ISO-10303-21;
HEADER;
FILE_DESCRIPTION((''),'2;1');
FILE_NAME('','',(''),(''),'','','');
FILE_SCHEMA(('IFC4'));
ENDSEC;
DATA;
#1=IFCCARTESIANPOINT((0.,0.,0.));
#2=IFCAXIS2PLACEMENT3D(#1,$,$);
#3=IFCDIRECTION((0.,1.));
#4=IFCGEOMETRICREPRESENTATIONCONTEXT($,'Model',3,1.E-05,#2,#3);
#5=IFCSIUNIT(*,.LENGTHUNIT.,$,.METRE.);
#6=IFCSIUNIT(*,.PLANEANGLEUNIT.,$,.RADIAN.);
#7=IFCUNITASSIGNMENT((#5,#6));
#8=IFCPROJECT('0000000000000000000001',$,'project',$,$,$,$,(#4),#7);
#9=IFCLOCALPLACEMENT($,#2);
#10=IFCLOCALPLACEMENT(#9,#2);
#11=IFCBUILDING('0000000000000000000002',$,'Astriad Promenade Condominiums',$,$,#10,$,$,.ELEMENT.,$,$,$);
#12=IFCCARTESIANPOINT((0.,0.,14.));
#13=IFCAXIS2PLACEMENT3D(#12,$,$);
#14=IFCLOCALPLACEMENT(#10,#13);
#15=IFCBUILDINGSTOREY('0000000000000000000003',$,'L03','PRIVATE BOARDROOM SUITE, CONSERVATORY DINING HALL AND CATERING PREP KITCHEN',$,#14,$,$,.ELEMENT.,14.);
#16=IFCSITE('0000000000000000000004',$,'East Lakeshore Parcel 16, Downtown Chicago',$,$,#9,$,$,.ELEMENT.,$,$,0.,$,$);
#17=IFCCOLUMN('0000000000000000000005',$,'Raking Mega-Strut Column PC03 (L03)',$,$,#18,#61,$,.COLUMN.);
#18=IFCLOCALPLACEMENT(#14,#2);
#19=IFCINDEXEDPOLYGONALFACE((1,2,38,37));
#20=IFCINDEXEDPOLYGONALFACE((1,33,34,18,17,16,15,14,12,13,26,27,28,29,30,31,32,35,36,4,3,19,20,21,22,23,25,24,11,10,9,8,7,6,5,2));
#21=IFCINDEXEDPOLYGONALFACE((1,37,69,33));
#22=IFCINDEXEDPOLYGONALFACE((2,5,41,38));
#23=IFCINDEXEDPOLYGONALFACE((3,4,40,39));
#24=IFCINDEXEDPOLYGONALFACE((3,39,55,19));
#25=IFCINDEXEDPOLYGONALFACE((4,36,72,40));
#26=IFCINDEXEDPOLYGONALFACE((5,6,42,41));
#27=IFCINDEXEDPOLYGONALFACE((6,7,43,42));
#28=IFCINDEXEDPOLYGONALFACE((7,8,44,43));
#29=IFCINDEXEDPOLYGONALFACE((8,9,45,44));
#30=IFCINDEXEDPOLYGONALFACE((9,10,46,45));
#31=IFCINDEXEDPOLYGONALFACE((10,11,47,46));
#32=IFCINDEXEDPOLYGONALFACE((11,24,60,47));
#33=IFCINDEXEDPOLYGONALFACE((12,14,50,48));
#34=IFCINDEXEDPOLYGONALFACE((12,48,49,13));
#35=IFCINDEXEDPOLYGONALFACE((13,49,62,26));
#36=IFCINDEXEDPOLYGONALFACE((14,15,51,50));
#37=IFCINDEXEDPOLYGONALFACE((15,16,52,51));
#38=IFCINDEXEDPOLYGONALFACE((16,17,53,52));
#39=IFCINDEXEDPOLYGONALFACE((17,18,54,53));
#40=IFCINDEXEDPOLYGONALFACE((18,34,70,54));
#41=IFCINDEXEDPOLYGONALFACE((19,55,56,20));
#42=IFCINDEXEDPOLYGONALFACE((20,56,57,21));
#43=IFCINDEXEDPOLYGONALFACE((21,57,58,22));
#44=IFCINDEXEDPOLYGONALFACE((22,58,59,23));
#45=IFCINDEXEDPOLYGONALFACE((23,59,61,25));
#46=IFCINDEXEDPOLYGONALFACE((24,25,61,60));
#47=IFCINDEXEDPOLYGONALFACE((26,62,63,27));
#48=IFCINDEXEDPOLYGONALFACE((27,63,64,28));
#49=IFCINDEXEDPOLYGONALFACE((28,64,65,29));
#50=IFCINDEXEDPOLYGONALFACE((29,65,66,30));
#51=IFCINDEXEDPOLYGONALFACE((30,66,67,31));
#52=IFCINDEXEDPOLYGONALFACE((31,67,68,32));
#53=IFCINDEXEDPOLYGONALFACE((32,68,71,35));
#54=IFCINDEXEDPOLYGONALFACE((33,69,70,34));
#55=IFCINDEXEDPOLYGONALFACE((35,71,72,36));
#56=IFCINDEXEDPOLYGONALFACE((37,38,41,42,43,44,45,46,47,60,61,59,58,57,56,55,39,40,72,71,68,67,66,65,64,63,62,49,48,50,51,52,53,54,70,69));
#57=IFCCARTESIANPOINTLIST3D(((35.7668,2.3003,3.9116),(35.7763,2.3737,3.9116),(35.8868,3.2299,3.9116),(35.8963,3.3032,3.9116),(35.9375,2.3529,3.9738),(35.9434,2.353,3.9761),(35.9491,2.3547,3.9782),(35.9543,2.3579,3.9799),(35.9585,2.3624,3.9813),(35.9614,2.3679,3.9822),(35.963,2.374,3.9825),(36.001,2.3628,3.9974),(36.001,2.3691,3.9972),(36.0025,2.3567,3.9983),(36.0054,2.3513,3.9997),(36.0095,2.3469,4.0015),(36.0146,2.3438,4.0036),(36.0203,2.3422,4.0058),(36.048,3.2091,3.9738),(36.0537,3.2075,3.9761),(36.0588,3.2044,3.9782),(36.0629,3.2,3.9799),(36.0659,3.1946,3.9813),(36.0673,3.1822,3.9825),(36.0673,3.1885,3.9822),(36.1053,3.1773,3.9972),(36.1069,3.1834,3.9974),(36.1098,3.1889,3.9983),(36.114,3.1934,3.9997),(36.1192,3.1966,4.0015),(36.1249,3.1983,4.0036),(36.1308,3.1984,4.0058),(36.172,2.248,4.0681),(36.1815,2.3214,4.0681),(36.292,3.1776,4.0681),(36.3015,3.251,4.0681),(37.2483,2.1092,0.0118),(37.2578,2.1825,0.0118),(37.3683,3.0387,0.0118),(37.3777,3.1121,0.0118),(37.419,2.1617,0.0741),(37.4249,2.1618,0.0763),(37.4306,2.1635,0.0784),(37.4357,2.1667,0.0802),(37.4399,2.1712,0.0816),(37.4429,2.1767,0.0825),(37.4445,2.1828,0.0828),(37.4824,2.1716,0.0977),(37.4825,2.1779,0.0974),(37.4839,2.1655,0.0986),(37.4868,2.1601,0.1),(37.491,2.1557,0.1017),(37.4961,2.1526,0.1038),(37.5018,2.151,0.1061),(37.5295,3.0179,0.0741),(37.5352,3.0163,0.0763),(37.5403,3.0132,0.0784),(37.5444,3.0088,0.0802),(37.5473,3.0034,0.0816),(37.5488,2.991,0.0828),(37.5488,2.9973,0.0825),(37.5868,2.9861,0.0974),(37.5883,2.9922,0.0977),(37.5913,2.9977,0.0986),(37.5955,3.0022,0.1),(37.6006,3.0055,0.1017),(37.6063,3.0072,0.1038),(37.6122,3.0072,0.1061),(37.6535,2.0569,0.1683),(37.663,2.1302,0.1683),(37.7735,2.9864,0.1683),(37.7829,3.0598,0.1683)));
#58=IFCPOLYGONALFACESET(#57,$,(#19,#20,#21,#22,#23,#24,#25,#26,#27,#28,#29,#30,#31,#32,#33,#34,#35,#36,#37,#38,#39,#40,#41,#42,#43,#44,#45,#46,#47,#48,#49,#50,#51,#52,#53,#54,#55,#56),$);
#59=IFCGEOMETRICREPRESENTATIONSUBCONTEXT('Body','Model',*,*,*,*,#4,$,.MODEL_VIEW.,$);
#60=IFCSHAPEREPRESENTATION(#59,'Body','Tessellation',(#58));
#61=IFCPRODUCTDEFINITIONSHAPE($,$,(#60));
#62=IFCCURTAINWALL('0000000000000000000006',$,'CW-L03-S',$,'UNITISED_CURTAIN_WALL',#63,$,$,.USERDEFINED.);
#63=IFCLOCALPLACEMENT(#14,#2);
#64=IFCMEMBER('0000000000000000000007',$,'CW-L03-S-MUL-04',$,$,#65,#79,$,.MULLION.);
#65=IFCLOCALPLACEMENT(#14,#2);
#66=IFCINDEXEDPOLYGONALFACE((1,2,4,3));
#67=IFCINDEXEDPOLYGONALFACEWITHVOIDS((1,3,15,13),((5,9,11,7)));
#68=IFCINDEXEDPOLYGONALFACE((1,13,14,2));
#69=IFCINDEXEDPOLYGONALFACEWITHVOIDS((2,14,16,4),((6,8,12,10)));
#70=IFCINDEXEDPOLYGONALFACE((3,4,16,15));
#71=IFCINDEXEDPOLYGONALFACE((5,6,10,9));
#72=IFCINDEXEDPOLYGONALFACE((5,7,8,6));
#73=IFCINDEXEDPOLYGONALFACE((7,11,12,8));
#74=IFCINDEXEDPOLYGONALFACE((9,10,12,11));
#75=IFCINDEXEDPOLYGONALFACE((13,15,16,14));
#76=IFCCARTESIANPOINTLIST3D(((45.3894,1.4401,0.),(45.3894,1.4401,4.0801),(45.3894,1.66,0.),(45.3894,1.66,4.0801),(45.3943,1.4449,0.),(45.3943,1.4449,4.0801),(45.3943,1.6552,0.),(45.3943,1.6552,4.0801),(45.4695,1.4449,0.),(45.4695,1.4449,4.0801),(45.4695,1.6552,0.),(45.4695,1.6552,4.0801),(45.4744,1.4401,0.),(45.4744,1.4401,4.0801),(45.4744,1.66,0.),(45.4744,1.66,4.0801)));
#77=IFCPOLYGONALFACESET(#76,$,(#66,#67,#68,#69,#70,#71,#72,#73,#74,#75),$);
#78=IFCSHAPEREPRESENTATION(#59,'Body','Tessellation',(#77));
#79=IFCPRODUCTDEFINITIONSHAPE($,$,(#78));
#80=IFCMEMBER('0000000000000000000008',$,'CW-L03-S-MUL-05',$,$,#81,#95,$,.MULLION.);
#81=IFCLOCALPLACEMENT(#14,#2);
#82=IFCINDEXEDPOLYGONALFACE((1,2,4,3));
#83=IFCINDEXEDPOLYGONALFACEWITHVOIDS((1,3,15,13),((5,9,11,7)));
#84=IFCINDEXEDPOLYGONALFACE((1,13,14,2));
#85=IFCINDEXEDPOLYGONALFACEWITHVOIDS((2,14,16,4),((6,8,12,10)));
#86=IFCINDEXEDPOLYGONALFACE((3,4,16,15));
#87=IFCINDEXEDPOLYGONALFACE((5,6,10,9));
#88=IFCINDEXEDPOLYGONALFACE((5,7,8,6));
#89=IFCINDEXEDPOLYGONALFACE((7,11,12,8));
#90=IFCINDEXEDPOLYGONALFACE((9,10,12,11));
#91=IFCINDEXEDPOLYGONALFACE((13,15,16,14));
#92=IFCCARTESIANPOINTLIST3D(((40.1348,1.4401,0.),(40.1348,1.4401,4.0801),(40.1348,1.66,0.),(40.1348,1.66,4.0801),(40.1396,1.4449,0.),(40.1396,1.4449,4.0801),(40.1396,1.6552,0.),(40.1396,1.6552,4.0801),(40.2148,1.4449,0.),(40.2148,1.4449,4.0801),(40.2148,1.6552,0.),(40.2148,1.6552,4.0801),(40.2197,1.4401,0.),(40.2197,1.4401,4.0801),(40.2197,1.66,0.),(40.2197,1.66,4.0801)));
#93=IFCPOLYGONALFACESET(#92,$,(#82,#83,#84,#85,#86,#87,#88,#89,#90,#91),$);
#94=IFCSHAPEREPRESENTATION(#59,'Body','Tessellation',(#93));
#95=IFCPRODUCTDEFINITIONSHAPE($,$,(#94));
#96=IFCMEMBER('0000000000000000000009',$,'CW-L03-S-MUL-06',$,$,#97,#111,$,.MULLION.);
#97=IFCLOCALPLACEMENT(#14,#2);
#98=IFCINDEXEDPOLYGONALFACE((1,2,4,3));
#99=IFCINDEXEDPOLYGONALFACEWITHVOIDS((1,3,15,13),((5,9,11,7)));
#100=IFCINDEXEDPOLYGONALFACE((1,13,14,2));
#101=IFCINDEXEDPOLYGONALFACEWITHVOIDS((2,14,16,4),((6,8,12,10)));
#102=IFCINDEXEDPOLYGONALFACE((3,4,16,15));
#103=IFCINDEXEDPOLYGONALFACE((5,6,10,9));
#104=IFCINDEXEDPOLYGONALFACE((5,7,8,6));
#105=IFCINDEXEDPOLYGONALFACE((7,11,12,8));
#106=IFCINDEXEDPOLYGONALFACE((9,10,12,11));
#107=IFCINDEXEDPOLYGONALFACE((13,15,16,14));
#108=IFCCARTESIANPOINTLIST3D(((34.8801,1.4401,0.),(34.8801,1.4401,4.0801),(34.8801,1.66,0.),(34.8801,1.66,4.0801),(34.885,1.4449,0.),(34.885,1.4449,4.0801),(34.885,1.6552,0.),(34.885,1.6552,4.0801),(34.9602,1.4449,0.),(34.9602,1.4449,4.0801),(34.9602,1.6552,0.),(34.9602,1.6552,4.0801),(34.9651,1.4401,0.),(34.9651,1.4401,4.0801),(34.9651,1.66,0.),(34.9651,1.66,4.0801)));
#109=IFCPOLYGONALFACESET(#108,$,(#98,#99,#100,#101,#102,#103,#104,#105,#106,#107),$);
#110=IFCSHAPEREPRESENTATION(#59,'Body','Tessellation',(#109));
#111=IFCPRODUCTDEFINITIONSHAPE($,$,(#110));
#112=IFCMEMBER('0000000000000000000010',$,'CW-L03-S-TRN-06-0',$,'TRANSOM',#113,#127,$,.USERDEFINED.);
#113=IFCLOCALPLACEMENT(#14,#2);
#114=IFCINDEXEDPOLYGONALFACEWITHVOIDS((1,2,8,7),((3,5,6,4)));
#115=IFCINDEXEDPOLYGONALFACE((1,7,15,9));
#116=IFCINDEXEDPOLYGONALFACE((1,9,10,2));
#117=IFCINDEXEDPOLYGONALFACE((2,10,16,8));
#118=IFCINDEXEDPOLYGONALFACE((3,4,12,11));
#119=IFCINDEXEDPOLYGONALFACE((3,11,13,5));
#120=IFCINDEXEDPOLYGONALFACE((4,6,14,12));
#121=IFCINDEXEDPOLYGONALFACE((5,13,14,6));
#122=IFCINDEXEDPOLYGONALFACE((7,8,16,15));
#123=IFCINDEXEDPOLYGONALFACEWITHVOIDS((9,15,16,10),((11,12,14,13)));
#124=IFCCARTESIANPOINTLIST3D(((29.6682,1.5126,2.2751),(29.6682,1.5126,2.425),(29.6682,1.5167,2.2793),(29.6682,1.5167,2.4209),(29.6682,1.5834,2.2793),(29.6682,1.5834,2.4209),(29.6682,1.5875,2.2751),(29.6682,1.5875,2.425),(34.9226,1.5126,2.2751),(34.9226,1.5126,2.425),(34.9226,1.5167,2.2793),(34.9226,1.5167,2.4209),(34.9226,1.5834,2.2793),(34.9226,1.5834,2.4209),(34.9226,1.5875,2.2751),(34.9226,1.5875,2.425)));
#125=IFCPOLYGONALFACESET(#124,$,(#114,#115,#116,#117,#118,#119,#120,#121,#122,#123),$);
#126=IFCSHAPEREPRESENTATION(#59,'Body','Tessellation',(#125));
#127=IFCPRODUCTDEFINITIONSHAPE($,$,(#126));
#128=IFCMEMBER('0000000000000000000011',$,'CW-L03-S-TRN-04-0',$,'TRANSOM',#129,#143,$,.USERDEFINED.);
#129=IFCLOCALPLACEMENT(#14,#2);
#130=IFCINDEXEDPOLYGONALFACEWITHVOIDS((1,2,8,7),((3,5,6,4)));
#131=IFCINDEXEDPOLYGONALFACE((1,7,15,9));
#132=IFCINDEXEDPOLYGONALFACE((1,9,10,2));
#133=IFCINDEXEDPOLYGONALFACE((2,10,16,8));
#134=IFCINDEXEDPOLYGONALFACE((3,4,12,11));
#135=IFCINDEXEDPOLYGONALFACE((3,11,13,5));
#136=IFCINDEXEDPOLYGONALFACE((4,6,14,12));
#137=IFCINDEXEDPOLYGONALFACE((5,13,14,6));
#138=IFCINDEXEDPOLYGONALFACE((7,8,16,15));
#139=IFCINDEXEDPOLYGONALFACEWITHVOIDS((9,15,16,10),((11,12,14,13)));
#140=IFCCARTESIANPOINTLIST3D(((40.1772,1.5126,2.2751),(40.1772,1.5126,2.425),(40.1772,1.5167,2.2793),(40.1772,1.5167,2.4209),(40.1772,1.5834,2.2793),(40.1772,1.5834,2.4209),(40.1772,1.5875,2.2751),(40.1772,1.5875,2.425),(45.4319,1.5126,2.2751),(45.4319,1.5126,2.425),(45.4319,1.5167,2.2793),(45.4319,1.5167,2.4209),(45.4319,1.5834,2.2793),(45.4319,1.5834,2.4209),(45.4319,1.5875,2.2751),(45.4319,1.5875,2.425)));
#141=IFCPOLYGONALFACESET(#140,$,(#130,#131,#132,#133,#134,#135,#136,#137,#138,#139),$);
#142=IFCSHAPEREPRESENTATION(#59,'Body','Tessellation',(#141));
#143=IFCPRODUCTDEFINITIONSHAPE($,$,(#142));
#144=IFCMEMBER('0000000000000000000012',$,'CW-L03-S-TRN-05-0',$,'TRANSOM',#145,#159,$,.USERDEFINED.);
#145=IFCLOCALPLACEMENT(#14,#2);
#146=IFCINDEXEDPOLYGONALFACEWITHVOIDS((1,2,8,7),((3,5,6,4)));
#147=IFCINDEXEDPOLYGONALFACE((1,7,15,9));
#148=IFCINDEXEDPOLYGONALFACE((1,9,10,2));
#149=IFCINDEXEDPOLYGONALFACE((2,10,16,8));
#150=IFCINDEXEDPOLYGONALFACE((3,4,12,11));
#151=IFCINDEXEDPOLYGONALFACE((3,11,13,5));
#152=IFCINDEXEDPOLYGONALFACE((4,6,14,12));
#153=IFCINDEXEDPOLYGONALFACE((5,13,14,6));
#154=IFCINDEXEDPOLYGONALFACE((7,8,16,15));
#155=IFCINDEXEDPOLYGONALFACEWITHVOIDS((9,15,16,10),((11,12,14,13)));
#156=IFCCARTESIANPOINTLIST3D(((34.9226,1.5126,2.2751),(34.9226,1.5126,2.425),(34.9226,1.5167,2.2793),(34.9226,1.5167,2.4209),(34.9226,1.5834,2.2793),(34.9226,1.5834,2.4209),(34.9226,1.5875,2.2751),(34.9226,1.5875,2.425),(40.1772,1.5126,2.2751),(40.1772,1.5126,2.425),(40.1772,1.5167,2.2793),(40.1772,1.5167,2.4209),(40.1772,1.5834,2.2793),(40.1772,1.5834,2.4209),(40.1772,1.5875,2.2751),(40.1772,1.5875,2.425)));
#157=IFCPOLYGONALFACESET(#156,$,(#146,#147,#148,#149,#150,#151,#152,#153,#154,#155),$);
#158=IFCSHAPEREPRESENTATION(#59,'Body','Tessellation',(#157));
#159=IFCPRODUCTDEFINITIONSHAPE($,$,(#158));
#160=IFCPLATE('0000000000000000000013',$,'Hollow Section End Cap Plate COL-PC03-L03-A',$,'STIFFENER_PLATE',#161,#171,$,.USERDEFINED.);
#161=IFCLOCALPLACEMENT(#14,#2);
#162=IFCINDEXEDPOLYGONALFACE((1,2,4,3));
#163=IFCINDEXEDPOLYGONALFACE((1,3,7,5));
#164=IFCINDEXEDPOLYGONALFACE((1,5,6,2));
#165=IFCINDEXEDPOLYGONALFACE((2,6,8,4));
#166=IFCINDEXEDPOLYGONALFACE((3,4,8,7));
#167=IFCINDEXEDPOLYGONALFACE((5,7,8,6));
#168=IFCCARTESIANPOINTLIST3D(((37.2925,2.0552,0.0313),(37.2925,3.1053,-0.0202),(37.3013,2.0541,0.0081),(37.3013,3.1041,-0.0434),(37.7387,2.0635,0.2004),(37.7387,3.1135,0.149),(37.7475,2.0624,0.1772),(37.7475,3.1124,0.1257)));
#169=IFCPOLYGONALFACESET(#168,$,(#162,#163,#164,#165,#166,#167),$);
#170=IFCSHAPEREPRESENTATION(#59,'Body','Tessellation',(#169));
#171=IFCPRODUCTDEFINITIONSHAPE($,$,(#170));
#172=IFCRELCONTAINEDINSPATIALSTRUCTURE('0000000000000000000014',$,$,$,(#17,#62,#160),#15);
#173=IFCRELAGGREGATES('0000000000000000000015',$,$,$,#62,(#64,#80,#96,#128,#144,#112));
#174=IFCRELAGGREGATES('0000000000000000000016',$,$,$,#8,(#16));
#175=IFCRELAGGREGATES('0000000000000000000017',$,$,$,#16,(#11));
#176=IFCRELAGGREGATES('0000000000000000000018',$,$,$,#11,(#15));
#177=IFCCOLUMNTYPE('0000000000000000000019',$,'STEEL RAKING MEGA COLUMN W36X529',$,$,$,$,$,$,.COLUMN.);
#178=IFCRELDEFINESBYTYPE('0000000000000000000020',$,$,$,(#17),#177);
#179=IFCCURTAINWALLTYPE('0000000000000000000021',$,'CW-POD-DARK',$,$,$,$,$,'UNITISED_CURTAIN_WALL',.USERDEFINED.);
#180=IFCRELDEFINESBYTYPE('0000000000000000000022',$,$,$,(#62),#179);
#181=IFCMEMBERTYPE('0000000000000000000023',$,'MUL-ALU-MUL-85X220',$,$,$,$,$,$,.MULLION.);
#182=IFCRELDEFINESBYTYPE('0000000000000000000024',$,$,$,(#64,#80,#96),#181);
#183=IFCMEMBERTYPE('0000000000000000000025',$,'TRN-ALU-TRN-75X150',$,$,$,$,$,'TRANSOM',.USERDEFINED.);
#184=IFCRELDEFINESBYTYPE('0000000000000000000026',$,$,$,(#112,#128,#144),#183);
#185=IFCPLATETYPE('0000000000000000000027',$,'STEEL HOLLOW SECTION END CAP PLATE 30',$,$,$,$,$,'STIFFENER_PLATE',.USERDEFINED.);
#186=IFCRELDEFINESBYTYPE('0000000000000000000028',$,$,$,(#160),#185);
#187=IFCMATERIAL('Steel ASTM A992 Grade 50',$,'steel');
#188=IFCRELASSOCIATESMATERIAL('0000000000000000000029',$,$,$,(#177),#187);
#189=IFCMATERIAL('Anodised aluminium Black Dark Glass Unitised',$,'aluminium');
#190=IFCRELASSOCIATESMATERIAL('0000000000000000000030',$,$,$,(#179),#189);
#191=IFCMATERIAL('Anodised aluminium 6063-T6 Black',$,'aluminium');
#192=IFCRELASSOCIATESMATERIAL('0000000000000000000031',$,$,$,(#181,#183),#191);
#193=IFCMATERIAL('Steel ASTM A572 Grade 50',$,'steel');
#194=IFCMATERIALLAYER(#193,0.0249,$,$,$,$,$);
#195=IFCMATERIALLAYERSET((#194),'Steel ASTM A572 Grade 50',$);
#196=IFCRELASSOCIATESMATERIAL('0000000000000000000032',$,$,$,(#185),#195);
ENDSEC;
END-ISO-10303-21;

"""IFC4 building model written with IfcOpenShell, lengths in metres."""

from ifc_helpers import new_model, si_unit, direction, frame, origin, origin_2d, place, context, subcontext, project, spatial, rectangle, hollow_rectangle, i_section, extrude, source, transform, mapped, material, layer, layer_set, material_profile, profile_set, type_object, type_shapes, element, aggregate, save


model = new_model("IFC4")

# Units and contexts
model_context = context("Model", 3, precision=1e-05, world=origin(), true_north=direction((0.0, 1.0)))
body_context = subcontext(model_context, "Body", "Model", "MODEL_VIEW")
ifc_project = project(units=[si_unit("LENGTHUNIT", "METRE"), si_unit("PLANEANGLEUNIT", "RADIAN")], contexts=[model_context])

# Site, building, storey
site_placement = place(None, origin())
site = spatial("IfcSite", under=ifc_project, at=site_placement, Name="East Lakeshore Parcel 16, Downtown Chicago", CompositionType="ELEMENT", RefElevation=0.0)
building_placement = place(site_placement, origin())
building = spatial("IfcBuilding", under=site, at=building_placement, Name="Astriad Promenade Condominiums", CompositionType="ELEMENT")
storey_placement = place(building_placement, frame((0.0, 0.0, 14.0)))
storey = spatial("IfcBuildingStorey", under=building, at=storey_placement, Name="L03", Description="PRIVATE BOARDROOM SUITE, CONSERVATORY DINING HALL AND CATERING PREP KITCHEN", CompositionType="ELEMENT", Elevation=14.0)

# Column
ifc_material_1 = material(Name="Steel ASTM A992 Grade 50", Category="steel")
ifc_material_profile_1 = material_profile(ifc_material_1, i_section(OverallWidth=0.4375, OverallDepth=1.0112, WebThickness=0.041, FlangeThickness=0.074, FilletRadius=0.0242, at=origin_2d()), Name="W36X529")
ifc_profile_set_1 = profile_set([ifc_material_profile_1], Name="Steel ASTM A992 Grade 50")
column_type = type_object("IfcColumnType", Name="STEEL RAKING MEGA COLUMN W36X529", PredefinedType="COLUMN", material=ifc_profile_set_1)
shared_shape_1 = source(origin(), body_context, "Body", "SweptSolid", [
    extrude(i_section(OverallWidth=0.4375, OverallDepth=1.0112, WebThickness=0.041, FlangeThickness=0.074, FilletRadius=0.0242, at=origin_2d()), origin(), (0.0, 0.0, 1.0), 4.176),
])
type_shapes(column_type, [shared_shape_1])
column_placement = place(storey_placement, frame((37.5156, 2.5845, 0.0901), z_axis=(-0.354756, 0.045777, 0.933837), x_axis=(0.926159, -0.119509, 0.357698)))
element("IfcColumn", 1, at=column_placement, inside=storey, type_object=column_type, Name="Raking Mega-Strut Column PC03 (L03)", PredefinedType="COLUMN", context=body_context, shape_type="MappedRepresentation", body=[
    mapped(shared_shape_1, transform((0.0, 0.0, 0.0), scale=1.0)),
])

# Curtain wall, members
ifc_material_2 = material(Name="Anodised aluminium Black Dark Glass Unitised", Category="aluminium")
curtain_wall_type = type_object("IfcCurtainWallType", Name="CW-POD-DARK", ElementType="UNITISED_CURTAIN_WALL", PredefinedType="USERDEFINED", material=ifc_material_2)
curtain_wall_placement = place(storey_placement, origin())
curtain_wall = element("IfcCurtainWall", 2, at=curtain_wall_placement, inside=storey, type_object=curtain_wall_type, Name="CW-L03-S", ObjectType="UNITISED_CURTAIN_WALL", PredefinedType="USERDEFINED")
ifc_material_3 = material(Name="Anodised aluminium 6063-T6 Black", Category="aluminium")
ifc_material_profile_2 = material_profile(ifc_material_3, hollow_rectangle(XDim=0.085, YDim=0.22, WallThickness=0.0049, at=origin_2d()), Name="ALU-MUL-85X220")
ifc_profile_set_2 = profile_set([ifc_material_profile_2], Name="Anodised aluminium 6063-T6 Black")
member_type_1 = type_object("IfcMemberType", Name="MUL-ALU-MUL-85X220", PredefinedType="MULLION", material=ifc_profile_set_2)
shared_shape_2 = source(origin(), body_context, "Body", "SweptSolid", [
    extrude(hollow_rectangle(XDim=0.085, YDim=0.22, WallThickness=0.0049, at=origin_2d()), origin(), (0.0, 0.0, 1.0), 4.0801),
])
type_shapes(member_type_1, [shared_shape_2])
member_1_placement = place(storey_placement, frame((45.4319, 1.55, 0.0), z_axis=(0.0, 0.0, 1.0), x_axis=(1.0, 0.0, 0.0)))
member_1 = element("IfcMember", 3, at=member_1_placement, type_object=member_type_1, Name="CW-L03-S-MUL-04", PredefinedType="MULLION", context=body_context, shape_type="MappedRepresentation", body=[
    mapped(shared_shape_2, transform((0.0, 0.0, 0.0), scale=1.0)),
])
member_2_placement = place(storey_placement, frame((40.1772, 1.55, 0.0), z_axis=(0.0, 0.0, 1.0), x_axis=(1.0, 0.0, 0.0)))
member_2 = element("IfcMember", 4, at=member_2_placement, type_object=member_type_1, Name="CW-L03-S-MUL-05", PredefinedType="MULLION", context=body_context, shape_type="MappedRepresentation", body=[
    mapped(shared_shape_2, transform((0.0, 0.0, 0.0), scale=1.0)),
])
member_3_placement = place(storey_placement, frame((34.9226, 1.55, 0.0), z_axis=(0.0, 0.0, 1.0), x_axis=(1.0, 0.0, 0.0)))
member_3 = element("IfcMember", 5, at=member_3_placement, type_object=member_type_1, Name="CW-L03-S-MUL-06", PredefinedType="MULLION", context=body_context, shape_type="MappedRepresentation", body=[
    mapped(shared_shape_2, transform((0.0, 0.0, 0.0), scale=1.0)),
])
ifc_material_profile_3 = material_profile(ifc_material_3, hollow_rectangle(XDim=0.075, YDim=0.1499, WallThickness=0.0042, at=origin_2d()), Name="ALU-TRN-75X150")
ifc_profile_set_3 = profile_set([ifc_material_profile_3], Name="Anodised aluminium 6063-T6 Black")
member_type_2 = type_object("IfcMemberType", Name="TRN-ALU-TRN-75X150", ElementType="TRANSOM", PredefinedType="USERDEFINED", material=ifc_profile_set_3)
shared_shape_3 = source(origin(), body_context, "Body", "SweptSolid", [
    extrude(hollow_rectangle(XDim=0.075, YDim=0.1499, WallThickness=0.0042, at=origin_2d()), origin(), (0.0, 0.0, 1.0), 5.2544),
])
member_4_placement = place(storey_placement, frame((34.9226, 1.55, 2.3501), z_axis=(-1.0, 0.0, 0.0), x_axis=(0.0, -1.0, 0.0)))
member_4 = element("IfcMember", 6, at=member_4_placement, type_object=member_type_2, Name="CW-L03-S-TRN-06-0", ObjectType="TRANSOM", PredefinedType="USERDEFINED", context=body_context, shape_type="MappedRepresentation", body=[
    mapped(shared_shape_3, transform((0.0, 0.0, 0.0), scale=1.0)),
])
shared_shape_4 = source(origin(), body_context, "Body", "SweptSolid", [
    extrude(hollow_rectangle(XDim=0.075, YDim=0.1499, WallThickness=0.0042, at=origin_2d()), origin(), (0.0, 0.0, 1.0), 5.2546),
])
type_shapes(member_type_2, [shared_shape_3, shared_shape_4])
member_5_placement = place(storey_placement, frame((45.4319, 1.55, 2.3501), z_axis=(-1.0, 0.0, 0.0), x_axis=(0.0, -1.0, 0.0)))
member_5 = element("IfcMember", 7, at=member_5_placement, type_object=member_type_2, Name="CW-L03-S-TRN-04-0", ObjectType="TRANSOM", PredefinedType="USERDEFINED", context=body_context, shape_type="MappedRepresentation", body=[
    mapped(shared_shape_4, transform((0.0, 0.0, 0.0), scale=1.0)),
])
member_6_placement = place(storey_placement, frame((40.1772, 1.55, 2.3501), z_axis=(-1.0, 0.0, 0.0), x_axis=(0.0, -1.0, 0.0)))
member_6 = element("IfcMember", 8, at=member_6_placement, type_object=member_type_2, Name="CW-L03-S-TRN-05-0", ObjectType="TRANSOM", PredefinedType="USERDEFINED", context=body_context, shape_type="MappedRepresentation", body=[
    mapped(shared_shape_4, transform((0.0, 0.0, 0.0), scale=1.0)),
])

# Plate
ifc_material_4 = material(Name="Steel ASTM A572 Grade 50", Category="steel")
ifc_layer_1 = layer(ifc_material_4, 0.0249)
ifc_layer_set_1 = layer_set([ifc_layer_1], Name="Steel ASTM A572 Grade 50")
plate_type_1 = type_object("IfcPlateType", Name="STEEL HOLLOW SECTION END CAP PLATE 30", ElementType="STIFFENER_PLATE", PredefinedType="USERDEFINED", material=ifc_layer_set_1)
shared_shape_5 = source(origin(), body_context, "Body", "SweptSolid", [
    extrude(rectangle(XDim=0.4773, YDim=1.0513, at=origin_2d()), origin(), (0.0, 0.0, 1.0), 0.0249),
])
type_shapes(plate_type_1, [shared_shape_5])
plate_1_placement = place(storey_placement, frame((37.5244, 2.5833, 0.0669), z_axis=(-0.354751, 0.045787, 0.933839), x_axis=(1.0, 0.0, 0.0)))
element("IfcPlate", 9, at=plate_1_placement, inside=storey, type_object=plate_type_1, Name="Hollow Section End Cap Plate COL-PC03-L03-A", ObjectType="STIFFENER_PLATE", PredefinedType="USERDEFINED", context=body_context, shape_type="MappedRepresentation", body=[
    mapped(shared_shape_5, transform((0.0, 0.0, 0.0), scale=1.0)),
])
aggregate(curtain_wall, [member_1, member_2, member_3, member_5, member_6, member_4])

save(model, "model.ifc")
